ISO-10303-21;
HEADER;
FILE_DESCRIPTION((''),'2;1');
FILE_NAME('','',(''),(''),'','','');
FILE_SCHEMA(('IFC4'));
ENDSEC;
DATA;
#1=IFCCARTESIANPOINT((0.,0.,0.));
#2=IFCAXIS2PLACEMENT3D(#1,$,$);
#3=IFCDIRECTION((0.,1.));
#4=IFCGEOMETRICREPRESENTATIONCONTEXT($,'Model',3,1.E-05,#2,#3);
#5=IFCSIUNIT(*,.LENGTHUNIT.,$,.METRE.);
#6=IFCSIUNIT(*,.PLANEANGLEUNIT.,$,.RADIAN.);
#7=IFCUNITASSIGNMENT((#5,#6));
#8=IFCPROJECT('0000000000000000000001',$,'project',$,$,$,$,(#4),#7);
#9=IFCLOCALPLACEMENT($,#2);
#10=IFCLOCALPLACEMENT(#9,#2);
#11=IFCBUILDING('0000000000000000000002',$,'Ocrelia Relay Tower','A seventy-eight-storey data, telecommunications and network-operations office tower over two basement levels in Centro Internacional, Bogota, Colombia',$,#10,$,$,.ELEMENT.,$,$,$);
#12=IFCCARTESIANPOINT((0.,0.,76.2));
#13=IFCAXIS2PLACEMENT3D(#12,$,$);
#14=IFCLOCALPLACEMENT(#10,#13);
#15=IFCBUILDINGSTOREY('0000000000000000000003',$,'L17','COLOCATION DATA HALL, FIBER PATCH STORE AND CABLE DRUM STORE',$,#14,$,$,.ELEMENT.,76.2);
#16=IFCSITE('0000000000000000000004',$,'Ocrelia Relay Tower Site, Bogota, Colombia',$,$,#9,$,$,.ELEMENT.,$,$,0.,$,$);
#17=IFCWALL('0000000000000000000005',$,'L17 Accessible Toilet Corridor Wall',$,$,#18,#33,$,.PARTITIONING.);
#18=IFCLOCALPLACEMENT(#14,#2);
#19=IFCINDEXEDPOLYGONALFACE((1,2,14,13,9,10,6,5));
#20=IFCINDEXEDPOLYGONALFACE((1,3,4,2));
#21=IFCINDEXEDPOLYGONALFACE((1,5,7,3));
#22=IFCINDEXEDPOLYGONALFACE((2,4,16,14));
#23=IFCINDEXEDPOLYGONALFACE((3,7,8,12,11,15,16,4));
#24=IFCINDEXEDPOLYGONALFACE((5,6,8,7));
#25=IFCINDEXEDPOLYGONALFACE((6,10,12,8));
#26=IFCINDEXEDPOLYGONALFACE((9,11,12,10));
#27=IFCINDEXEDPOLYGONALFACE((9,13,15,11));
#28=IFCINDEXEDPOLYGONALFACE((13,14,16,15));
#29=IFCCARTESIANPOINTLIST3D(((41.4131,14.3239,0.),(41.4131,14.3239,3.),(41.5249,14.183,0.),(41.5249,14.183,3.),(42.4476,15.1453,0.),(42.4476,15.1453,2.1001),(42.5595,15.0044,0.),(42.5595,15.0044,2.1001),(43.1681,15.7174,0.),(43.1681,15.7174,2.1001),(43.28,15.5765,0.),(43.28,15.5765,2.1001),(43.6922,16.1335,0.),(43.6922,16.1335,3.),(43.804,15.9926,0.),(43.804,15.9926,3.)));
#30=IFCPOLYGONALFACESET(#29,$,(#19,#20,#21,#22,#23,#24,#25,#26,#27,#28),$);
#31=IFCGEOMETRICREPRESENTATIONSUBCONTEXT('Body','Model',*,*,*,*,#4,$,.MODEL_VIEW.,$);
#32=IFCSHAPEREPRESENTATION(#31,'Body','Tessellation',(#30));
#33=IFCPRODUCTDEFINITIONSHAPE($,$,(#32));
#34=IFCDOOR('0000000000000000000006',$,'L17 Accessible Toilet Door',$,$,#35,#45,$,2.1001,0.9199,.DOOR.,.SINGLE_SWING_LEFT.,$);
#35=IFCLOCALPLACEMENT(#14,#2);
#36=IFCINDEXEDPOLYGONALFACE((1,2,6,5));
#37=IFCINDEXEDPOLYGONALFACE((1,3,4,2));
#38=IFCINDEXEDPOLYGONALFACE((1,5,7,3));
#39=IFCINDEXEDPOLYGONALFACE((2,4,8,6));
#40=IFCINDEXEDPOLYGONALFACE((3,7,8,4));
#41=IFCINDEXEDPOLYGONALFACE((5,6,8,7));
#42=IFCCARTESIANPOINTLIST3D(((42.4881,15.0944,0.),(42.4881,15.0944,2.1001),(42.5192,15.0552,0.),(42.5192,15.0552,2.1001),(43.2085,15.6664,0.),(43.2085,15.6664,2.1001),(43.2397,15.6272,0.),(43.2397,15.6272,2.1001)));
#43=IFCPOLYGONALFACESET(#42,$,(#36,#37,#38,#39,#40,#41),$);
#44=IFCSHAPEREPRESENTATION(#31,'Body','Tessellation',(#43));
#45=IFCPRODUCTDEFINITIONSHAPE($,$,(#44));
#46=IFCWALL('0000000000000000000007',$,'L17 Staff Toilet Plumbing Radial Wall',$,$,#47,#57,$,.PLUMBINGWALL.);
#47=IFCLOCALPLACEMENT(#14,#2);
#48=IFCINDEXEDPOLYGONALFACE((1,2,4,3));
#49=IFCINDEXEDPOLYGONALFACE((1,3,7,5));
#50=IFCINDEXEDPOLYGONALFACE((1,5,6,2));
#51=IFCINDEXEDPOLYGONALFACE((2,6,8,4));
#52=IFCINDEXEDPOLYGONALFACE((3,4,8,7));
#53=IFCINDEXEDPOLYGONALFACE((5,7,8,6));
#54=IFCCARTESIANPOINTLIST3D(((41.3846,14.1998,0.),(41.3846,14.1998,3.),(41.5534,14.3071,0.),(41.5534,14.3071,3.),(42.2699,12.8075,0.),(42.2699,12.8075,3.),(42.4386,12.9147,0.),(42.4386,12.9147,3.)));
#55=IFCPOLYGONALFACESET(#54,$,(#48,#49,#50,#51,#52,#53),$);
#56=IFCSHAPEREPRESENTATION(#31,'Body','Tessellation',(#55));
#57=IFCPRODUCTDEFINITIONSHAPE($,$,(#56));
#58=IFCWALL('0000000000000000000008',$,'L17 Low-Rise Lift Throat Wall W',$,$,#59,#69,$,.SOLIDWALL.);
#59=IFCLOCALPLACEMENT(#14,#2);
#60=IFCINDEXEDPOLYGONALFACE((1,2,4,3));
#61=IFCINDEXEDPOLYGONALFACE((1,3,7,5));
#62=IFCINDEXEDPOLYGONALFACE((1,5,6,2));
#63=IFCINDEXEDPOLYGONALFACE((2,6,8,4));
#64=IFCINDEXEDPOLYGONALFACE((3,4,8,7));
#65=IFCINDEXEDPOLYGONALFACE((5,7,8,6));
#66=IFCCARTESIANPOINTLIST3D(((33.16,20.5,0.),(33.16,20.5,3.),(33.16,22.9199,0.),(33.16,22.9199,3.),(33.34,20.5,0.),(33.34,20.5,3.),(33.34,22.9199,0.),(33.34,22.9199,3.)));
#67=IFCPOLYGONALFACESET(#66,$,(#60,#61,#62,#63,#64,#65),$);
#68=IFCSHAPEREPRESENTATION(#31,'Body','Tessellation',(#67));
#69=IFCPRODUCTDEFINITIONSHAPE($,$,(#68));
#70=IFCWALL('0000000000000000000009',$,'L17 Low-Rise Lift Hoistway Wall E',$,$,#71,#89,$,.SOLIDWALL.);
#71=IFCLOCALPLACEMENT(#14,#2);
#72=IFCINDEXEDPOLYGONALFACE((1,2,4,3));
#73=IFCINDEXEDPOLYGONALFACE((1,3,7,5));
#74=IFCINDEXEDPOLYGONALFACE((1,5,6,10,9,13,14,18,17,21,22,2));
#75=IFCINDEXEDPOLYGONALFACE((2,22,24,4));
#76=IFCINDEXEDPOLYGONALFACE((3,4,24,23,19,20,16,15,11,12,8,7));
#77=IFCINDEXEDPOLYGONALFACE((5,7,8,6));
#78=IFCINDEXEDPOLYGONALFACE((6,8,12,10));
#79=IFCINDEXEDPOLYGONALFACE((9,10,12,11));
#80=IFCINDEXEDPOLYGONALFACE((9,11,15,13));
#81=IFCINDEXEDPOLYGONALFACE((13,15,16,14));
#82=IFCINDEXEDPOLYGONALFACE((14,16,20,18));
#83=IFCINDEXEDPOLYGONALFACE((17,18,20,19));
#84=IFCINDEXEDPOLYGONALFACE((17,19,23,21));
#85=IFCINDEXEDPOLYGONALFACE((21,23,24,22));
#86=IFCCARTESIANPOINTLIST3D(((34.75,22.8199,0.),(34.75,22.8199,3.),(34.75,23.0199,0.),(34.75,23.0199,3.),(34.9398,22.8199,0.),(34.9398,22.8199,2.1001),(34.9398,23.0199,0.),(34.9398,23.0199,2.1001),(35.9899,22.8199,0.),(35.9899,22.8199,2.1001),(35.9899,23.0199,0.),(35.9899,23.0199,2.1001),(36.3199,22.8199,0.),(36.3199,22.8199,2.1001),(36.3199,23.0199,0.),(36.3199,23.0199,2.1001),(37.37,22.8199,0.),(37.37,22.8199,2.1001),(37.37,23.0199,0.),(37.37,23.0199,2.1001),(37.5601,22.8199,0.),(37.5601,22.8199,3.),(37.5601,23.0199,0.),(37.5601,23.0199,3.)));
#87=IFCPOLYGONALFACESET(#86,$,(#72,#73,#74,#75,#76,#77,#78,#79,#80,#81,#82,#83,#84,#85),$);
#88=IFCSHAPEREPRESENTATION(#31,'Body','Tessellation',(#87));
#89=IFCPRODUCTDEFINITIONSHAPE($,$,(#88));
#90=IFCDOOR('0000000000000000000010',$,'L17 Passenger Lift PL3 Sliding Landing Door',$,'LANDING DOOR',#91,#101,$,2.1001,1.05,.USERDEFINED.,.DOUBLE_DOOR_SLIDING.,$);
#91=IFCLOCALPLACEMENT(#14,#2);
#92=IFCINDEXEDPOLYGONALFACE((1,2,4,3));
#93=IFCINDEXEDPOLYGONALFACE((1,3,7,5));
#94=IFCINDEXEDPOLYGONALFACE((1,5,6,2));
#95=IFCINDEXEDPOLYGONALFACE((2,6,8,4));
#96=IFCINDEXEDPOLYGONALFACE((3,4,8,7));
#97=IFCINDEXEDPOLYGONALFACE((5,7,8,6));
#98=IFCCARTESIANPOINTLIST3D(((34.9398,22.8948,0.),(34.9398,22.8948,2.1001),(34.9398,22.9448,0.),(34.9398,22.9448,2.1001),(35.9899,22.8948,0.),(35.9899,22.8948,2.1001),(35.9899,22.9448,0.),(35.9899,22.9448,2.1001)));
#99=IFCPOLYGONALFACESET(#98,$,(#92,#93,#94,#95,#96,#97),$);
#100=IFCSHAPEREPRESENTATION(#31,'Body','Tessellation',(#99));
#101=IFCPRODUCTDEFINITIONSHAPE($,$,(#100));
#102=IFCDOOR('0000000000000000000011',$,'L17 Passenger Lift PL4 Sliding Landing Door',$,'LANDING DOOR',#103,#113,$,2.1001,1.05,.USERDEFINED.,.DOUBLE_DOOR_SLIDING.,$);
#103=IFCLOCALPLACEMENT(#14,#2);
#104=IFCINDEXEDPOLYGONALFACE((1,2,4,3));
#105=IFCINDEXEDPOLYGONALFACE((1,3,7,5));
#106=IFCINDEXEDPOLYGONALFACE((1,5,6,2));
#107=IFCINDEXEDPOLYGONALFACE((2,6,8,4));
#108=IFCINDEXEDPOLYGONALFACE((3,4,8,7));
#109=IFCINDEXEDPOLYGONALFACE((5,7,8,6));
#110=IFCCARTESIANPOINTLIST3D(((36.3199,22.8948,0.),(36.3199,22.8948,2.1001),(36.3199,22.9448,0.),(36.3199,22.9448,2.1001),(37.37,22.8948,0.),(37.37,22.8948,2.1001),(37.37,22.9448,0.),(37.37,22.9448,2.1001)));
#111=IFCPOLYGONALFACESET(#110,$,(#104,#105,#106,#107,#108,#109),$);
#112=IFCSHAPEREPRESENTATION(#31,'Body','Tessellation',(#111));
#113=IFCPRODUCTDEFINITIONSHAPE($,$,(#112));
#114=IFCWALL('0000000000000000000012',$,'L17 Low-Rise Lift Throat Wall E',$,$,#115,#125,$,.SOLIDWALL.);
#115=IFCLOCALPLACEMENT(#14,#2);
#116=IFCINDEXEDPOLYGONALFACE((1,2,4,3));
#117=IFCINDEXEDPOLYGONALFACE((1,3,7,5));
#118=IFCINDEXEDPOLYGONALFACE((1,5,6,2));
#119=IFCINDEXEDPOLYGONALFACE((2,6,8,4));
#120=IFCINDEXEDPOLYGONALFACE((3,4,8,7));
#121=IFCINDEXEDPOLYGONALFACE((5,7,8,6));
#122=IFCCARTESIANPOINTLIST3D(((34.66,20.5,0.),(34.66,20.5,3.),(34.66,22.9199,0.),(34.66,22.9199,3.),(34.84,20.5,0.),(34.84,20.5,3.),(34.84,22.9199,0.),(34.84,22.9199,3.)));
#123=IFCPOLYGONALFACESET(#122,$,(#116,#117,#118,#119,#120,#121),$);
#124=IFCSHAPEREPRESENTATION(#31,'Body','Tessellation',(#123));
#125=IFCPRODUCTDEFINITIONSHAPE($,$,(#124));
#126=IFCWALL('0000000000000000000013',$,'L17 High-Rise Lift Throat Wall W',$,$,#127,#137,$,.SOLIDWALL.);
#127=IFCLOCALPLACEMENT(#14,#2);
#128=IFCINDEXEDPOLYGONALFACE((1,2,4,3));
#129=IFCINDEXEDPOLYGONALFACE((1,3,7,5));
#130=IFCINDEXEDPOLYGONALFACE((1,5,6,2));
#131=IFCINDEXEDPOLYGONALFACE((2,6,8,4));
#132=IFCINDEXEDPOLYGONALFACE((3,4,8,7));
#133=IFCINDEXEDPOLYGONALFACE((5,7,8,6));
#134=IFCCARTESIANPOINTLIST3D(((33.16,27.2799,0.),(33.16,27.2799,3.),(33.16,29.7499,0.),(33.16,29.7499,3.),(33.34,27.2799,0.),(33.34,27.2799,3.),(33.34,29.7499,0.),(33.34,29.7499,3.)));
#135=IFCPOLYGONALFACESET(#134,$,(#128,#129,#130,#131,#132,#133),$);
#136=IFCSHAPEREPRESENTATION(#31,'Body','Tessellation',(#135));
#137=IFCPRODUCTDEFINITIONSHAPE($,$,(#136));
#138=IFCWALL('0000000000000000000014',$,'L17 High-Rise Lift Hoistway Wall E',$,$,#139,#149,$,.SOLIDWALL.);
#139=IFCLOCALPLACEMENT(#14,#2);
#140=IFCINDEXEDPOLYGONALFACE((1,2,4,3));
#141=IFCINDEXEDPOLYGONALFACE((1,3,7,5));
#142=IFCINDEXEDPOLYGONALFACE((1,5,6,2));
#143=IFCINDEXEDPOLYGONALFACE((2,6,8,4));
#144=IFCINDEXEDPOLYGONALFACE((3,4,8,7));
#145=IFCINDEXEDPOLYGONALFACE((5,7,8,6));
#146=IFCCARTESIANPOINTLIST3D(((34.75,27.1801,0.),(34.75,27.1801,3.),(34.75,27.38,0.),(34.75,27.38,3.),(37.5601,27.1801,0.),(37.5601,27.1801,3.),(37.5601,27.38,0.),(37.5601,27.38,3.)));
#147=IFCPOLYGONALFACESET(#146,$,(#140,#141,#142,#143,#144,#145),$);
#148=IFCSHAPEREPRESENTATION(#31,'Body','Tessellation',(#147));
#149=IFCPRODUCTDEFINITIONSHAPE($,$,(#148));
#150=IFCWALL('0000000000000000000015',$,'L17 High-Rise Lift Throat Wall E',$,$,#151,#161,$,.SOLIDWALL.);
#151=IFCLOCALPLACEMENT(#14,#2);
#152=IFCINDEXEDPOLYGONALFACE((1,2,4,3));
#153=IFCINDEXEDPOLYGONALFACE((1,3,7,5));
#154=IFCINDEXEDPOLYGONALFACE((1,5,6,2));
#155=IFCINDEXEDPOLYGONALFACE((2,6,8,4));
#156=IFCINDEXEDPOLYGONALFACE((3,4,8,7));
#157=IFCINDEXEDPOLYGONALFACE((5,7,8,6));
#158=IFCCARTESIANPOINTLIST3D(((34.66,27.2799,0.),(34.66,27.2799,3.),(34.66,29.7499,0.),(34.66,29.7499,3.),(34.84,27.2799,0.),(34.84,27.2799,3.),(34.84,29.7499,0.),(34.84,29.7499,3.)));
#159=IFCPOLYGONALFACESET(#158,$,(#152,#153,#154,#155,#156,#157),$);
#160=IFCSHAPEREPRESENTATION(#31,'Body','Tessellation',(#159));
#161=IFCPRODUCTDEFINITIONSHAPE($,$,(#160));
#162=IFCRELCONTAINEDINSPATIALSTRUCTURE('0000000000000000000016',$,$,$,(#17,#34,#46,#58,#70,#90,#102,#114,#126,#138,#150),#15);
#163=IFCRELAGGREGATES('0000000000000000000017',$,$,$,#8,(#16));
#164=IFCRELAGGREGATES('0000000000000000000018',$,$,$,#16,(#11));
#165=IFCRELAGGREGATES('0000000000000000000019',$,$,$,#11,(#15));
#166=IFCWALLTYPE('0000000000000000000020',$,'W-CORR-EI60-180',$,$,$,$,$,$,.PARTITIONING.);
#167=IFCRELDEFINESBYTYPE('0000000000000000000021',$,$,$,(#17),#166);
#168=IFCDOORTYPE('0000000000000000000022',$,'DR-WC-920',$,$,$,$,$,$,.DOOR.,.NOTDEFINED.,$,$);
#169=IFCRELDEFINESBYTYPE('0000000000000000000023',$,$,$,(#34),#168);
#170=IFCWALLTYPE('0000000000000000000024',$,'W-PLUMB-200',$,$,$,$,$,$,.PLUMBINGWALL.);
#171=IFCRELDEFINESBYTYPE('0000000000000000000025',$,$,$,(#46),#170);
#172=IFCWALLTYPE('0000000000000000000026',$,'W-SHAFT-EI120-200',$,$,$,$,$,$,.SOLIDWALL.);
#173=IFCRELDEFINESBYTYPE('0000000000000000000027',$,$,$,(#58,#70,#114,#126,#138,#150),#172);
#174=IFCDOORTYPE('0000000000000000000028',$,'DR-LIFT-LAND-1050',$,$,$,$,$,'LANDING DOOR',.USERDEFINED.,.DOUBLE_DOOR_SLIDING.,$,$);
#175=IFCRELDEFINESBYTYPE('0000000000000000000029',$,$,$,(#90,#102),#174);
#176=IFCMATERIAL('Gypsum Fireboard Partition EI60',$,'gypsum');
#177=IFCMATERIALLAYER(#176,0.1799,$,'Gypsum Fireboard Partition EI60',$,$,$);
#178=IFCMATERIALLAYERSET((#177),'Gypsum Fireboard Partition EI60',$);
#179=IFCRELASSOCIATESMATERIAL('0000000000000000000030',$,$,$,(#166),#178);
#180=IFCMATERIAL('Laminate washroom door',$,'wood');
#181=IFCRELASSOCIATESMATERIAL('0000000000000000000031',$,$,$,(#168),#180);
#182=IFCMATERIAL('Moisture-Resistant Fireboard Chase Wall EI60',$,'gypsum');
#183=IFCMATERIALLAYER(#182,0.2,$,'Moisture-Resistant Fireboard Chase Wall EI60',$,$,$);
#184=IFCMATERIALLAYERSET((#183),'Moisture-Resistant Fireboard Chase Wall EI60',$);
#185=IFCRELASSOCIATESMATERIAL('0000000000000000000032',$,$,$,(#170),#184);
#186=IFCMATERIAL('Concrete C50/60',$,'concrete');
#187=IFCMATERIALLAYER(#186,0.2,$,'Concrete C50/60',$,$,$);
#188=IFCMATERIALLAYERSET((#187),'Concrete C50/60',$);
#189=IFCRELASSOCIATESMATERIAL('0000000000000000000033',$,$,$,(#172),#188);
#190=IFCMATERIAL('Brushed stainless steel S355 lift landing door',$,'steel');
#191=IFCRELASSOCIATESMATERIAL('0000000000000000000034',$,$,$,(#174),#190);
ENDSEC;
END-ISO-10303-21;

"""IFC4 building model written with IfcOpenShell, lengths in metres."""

from ifc_helpers import new_model, si_unit, direction, frame, frame_2d, origin, place, context, subcontext, project, spatial, rectangle, extrude, material, layer, layer_set, type_object, element, fill, save


model = new_model("IFC4")

# Units and contexts
model_context = context("Model", 3, precision=1e-05, world=origin(), true_north=direction((0.0, 1.0)))
body_context = subcontext(model_context, "Body", "Model", "MODEL_VIEW")
ifc_project = project(units=[si_unit("LENGTHUNIT", "METRE"), si_unit("PLANEANGLEUNIT", "RADIAN")], contexts=[model_context])

# Site, building, storey
site_placement = place(None, origin())
site = spatial("IfcSite", under=ifc_project, at=site_placement, Name="Ocrelia Relay Tower Site, Bogota, Colombia", CompositionType="ELEMENT", RefElevation=0.0)
building_placement = place(site_placement, origin())
building = spatial("IfcBuilding", under=site, at=building_placement, Name="Ocrelia Relay Tower", Description="A seventy-eight-storey data, telecommunications and network-operations office tower over two basement levels in Centro Internacional, Bogota, Colombia", CompositionType="ELEMENT")
storey_placement = place(building_placement, frame((0.0, 0.0, 76.2)))
storey = spatial("IfcBuildingStorey", under=building, at=storey_placement, Name="L17", Description="COLOCATION DATA HALL, FIBER PATCH STORE AND CABLE DRUM STORE", CompositionType="ELEMENT", Elevation=76.2)

# Wall, opening, door
ifc_material_1 = material(Name="Gypsum Fireboard Partition EI60", Category="gypsum")
ifc_layer_1 = layer(ifc_material_1, 0.1799, Name="Gypsum Fireboard Partition EI60")
ifc_layer_set_1 = layer_set([ifc_layer_1], Name="Gypsum Fireboard Partition EI60")
wall_type_1 = type_object("IfcWallType", Name="W-CORR-EI60-180", PredefinedType="PARTITIONING", material=ifc_layer_set_1)
wall_1_placement = place(storey_placement, frame((41.469, 14.2534, 0.0), z_axis=(0.0, 0.0, 1.0), x_axis=(0.783155, 0.621826, 0.0)))
wall_1 = element("IfcWall", 1, at=wall_1_placement, inside=storey, type_object=wall_type_1, Name="L17 Accessible Toilet Corridor Wall", PredefinedType="PARTITIONING", context=body_context, shape_type="SweptSolid", body=[
    extrude(rectangle(XDim=2.9102, YDim=0.1799, at=frame_2d((1.4551, 0.0))), origin(), (0.0, 0.0, 1.0), 3.0),
])
opening_1_placement = place(wall_1_placement, frame((1.321, 0.0, 0.0)))
opening_1 = element("IfcOpeningElement", 2, at=opening_1_placement, cuts=wall_1, PredefinedType="OPENING", context=body_context, shape_type="SweptSolid", body=[
    extrude(rectangle(XDim=0.9199, YDim=2.1001, at=frame_2d((0.46, 1.05))), frame((0.0, 0.1001, 0.0), z_axis=(0.0, -1.0, 0.0), x_axis=(1.0, 0.0, 0.0)), (0.0, 0.0, 1.0), 0.2),
])
ifc_material_2 = material(Name="Laminate washroom door", Category="wood")
door_type_1 = type_object("IfcDoorType", Name="DR-WC-920", OperationType="NOTDEFINED", PredefinedType="DOOR", material=ifc_material_2)
door_1_placement = place(opening_1_placement, origin())
door_1 = element("IfcDoor", 3, at=door_1_placement, inside=storey, type_object=door_type_1, Name="L17 Accessible Toilet Door", OperationType="SINGLE_SWING_LEFT", OverallHeight=2.1001, OverallWidth=0.9199, PredefinedType="DOOR", context=body_context, shape_type="SweptSolid", body=[
    extrude(rectangle(XDim=0.9199, YDim=2.1001, at=frame_2d((0.46, 1.05))), frame((0.0, 0.0249, 0.0), z_axis=(0.0, -1.0, 0.0), x_axis=(1.0, 0.0, 0.0)), (0.0, 0.0, 1.0), 0.05),
])
fill(opening_1, door_1)

# Walls
ifc_material_3 = material(Name="Moisture-Resistant Fireboard Chase Wall EI60", Category="gypsum")
ifc_layer_2 = layer(ifc_material_3, 0.2, Name="Moisture-Resistant Fireboard Chase Wall EI60")
ifc_layer_set_2 = layer_set([ifc_layer_2], Name="Moisture-Resistant Fireboard Chase Wall EI60")
wall_type_2 = type_object("IfcWallType", Name="W-PLUMB-200", PredefinedType="PLUMBINGWALL", material=ifc_layer_set_2)
wall_2_placement = place(storey_placement, frame((41.469, 14.2534, 0.0), z_axis=(0.0, 0.0, 1.0), x_axis=(0.53654, -0.843875, 0.0)))
element("IfcWall", 4, at=wall_2_placement, inside=storey, type_object=wall_type_2, Name="L17 Staff Toilet Plumbing Radial Wall", PredefinedType="PLUMBINGWALL", context=body_context, shape_type="SweptSolid", body=[
    extrude(rectangle(XDim=1.6499, YDim=0.2, at=frame_2d((0.825, 0.0))), origin(), (0.0, 0.0, 1.0), 3.0),
])
ifc_material_4 = material(Name="Concrete C50/60", Category="concrete")
ifc_layer_3 = layer(ifc_material_4, 0.2, Name="Concrete C50/60")
ifc_layer_set_3 = layer_set([ifc_layer_3], Name="Concrete C50/60")
wall_type_3 = type_object("IfcWallType", Name="W-SHAFT-EI120-200", PredefinedType="SOLIDWALL", material=ifc_layer_set_3)
wall_3_placement = place(storey_placement, frame((33.25, 20.5, 0.0), z_axis=(0.0, 0.0, 1.0), x_axis=(0.0, 1.0, 0.0)))
element("IfcWall", 5, at=wall_3_placement, inside=storey, type_object=wall_type_3, Name="L17 Low-Rise Lift Throat Wall W", PredefinedType="SOLIDWALL", context=body_context, shape_type="SweptSolid", body=[
    extrude(rectangle(XDim=2.4199, YDim=0.1799, at=frame_2d((1.21, 0.0))), origin(), (0.0, 0.0, 1.0), 3.0),
])

# Wall, openings, doors
wall_4_placement = place(storey_placement, frame((34.75, 22.9199, 0.0), z_axis=(0.0, 0.0, 1.0), x_axis=(1.0, 0.0, 0.0)))
wall_4 = element("IfcWall", 6, at=wall_4_placement, inside=storey, type_object=wall_type_3, Name="L17 Low-Rise Lift Hoistway Wall E", PredefinedType="SOLIDWALL", context=body_context, shape_type="SweptSolid", body=[
    extrude(rectangle(XDim=2.8101, YDim=0.2, at=frame_2d((1.405, 0.0))), origin(), (0.0, 0.0, 1.0), 3.0),
])
opening_2_placement = place(wall_4_placement, frame((0.1899, 0.0, 0.0)))
opening_2 = element("IfcOpeningElement", 7, at=opening_2_placement, cuts=wall_4, PredefinedType="OPENING", context=body_context, shape_type="SweptSolid", body=[
    extrude(rectangle(XDim=1.05, YDim=2.1001, at=frame_2d((0.5249, 1.05))), frame((0.0, 0.1099, 0.0), z_axis=(0.0, -1.0, 0.0), x_axis=(1.0, 0.0, 0.0)), (0.0, 0.0, 1.0), 0.22),
])
opening_3_placement = place(wall_4_placement, frame((1.5701, 0.0, 0.0)))
opening_3 = element("IfcOpeningElement", 8, at=opening_3_placement, cuts=wall_4, PredefinedType="OPENING", context=body_context, shape_type="SweptSolid", body=[
    extrude(rectangle(XDim=1.05, YDim=2.1001, at=frame_2d((0.5249, 1.05))), frame((0.0, 0.1099, 0.0), z_axis=(0.0, -1.0, 0.0), x_axis=(1.0, 0.0, 0.0)), (0.0, 0.0, 1.0), 0.22),
])
ifc_material_5 = material(Name="Brushed stainless steel S355 lift landing door", Category="steel")
door_type_2 = type_object("IfcDoorType", Name="DR-LIFT-LAND-1050", ElementType="LANDING DOOR", OperationType="DOUBLE_DOOR_SLIDING", PredefinedType="USERDEFINED", material=ifc_material_5)
door_2_placement = place(opening_2_placement, origin())
door_2 = element("IfcDoor", 9, at=door_2_placement, inside=storey, type_object=door_type_2, Name="L17 Passenger Lift PL3 Sliding Landing Door", ObjectType="LANDING DOOR", OperationType="DOUBLE_DOOR_SLIDING", OverallHeight=2.1001, OverallWidth=1.05, PredefinedType="USERDEFINED", context=body_context, shape_type="SweptSolid", body=[
    extrude(rectangle(XDim=1.05, YDim=2.1001, at=frame_2d((0.5249, 1.05))), frame((0.0, 0.0249, 0.0), z_axis=(0.0, -1.0, 0.0), x_axis=(1.0, 0.0, 0.0)), (0.0, 0.0, 1.0), 0.05),
])
fill(opening_2, door_2)
door_3_placement = place(opening_3_placement, origin())
door_3 = element("IfcDoor", 10, at=door_3_placement, inside=storey, type_object=door_type_2, Name="L17 Passenger Lift PL4 Sliding Landing Door", ObjectType="LANDING DOOR", OperationType="DOUBLE_DOOR_SLIDING", OverallHeight=2.1001, OverallWidth=1.05, PredefinedType="USERDEFINED", context=body_context, shape_type="SweptSolid", body=[
    extrude(rectangle(XDim=1.05, YDim=2.1001, at=frame_2d((0.5249, 1.05))), frame((0.0, 0.0249, 0.0), z_axis=(0.0, -1.0, 0.0), x_axis=(1.0, 0.0, 0.0)), (0.0, 0.0, 1.0), 0.05),
])
fill(opening_3, door_3)

# Walls
wall_5_placement = place(storey_placement, frame((34.75, 20.5, 0.0), z_axis=(0.0, 0.0, 1.0), x_axis=(0.0, 1.0, 0.0)))
element("IfcWall", 11, at=wall_5_placement, inside=storey, type_object=wall_type_3, Name="L17 Low-Rise Lift Throat Wall E", PredefinedType="SOLIDWALL", context=body_context, shape_type="SweptSolid", body=[
    extrude(rectangle(XDim=2.4199, YDim=0.1799, at=frame_2d((1.21, 0.0))), origin(), (0.0, 0.0, 1.0), 3.0),
])
wall_6_placement = place(storey_placement, frame((33.25, 27.28, 0.0), z_axis=(0.0, 0.0, 1.0), x_axis=(0.0, 1.0, 0.0)))
element("IfcWall", 12, at=wall_6_placement, inside=storey, type_object=wall_type_3, Name="L17 High-Rise Lift Throat Wall W", PredefinedType="SOLIDWALL", context=body_context, shape_type="SweptSolid", body=[
    extrude(rectangle(XDim=2.47, YDim=0.1799, at=frame_2d((1.2349, 0.0))), origin(), (0.0, 0.0, 1.0), 3.0),
])
wall_7_placement = place(storey_placement, frame((34.75, 27.28, 0.0), z_axis=(0.0, 0.0, 1.0), x_axis=(1.0, 0.0, 0.0)))
element("IfcWall", 13, at=wall_7_placement, inside=storey, type_object=wall_type_3, Name="L17 High-Rise Lift Hoistway Wall E", PredefinedType="SOLIDWALL", context=body_context, shape_type="SweptSolid", body=[
    extrude(rectangle(XDim=2.8101, YDim=0.2, at=frame_2d((1.405, 0.0))), origin(), (0.0, 0.0, 1.0), 3.0),
])
wall_8_placement = place(storey_placement, frame((34.75, 27.28, 0.0), z_axis=(0.0, 0.0, 1.0), x_axis=(0.0, 1.0, 0.0)))
element("IfcWall", 14, at=wall_8_placement, inside=storey, type_object=wall_type_3, Name="L17 High-Rise Lift Throat Wall E", PredefinedType="SOLIDWALL", context=body_context, shape_type="SweptSolid", body=[
    extrude(rectangle(XDim=2.47, YDim=0.1799, at=frame_2d((1.2349, 0.0))), origin(), (0.0, 0.0, 1.0), 3.0),
])

save(model, "model.ifc")
